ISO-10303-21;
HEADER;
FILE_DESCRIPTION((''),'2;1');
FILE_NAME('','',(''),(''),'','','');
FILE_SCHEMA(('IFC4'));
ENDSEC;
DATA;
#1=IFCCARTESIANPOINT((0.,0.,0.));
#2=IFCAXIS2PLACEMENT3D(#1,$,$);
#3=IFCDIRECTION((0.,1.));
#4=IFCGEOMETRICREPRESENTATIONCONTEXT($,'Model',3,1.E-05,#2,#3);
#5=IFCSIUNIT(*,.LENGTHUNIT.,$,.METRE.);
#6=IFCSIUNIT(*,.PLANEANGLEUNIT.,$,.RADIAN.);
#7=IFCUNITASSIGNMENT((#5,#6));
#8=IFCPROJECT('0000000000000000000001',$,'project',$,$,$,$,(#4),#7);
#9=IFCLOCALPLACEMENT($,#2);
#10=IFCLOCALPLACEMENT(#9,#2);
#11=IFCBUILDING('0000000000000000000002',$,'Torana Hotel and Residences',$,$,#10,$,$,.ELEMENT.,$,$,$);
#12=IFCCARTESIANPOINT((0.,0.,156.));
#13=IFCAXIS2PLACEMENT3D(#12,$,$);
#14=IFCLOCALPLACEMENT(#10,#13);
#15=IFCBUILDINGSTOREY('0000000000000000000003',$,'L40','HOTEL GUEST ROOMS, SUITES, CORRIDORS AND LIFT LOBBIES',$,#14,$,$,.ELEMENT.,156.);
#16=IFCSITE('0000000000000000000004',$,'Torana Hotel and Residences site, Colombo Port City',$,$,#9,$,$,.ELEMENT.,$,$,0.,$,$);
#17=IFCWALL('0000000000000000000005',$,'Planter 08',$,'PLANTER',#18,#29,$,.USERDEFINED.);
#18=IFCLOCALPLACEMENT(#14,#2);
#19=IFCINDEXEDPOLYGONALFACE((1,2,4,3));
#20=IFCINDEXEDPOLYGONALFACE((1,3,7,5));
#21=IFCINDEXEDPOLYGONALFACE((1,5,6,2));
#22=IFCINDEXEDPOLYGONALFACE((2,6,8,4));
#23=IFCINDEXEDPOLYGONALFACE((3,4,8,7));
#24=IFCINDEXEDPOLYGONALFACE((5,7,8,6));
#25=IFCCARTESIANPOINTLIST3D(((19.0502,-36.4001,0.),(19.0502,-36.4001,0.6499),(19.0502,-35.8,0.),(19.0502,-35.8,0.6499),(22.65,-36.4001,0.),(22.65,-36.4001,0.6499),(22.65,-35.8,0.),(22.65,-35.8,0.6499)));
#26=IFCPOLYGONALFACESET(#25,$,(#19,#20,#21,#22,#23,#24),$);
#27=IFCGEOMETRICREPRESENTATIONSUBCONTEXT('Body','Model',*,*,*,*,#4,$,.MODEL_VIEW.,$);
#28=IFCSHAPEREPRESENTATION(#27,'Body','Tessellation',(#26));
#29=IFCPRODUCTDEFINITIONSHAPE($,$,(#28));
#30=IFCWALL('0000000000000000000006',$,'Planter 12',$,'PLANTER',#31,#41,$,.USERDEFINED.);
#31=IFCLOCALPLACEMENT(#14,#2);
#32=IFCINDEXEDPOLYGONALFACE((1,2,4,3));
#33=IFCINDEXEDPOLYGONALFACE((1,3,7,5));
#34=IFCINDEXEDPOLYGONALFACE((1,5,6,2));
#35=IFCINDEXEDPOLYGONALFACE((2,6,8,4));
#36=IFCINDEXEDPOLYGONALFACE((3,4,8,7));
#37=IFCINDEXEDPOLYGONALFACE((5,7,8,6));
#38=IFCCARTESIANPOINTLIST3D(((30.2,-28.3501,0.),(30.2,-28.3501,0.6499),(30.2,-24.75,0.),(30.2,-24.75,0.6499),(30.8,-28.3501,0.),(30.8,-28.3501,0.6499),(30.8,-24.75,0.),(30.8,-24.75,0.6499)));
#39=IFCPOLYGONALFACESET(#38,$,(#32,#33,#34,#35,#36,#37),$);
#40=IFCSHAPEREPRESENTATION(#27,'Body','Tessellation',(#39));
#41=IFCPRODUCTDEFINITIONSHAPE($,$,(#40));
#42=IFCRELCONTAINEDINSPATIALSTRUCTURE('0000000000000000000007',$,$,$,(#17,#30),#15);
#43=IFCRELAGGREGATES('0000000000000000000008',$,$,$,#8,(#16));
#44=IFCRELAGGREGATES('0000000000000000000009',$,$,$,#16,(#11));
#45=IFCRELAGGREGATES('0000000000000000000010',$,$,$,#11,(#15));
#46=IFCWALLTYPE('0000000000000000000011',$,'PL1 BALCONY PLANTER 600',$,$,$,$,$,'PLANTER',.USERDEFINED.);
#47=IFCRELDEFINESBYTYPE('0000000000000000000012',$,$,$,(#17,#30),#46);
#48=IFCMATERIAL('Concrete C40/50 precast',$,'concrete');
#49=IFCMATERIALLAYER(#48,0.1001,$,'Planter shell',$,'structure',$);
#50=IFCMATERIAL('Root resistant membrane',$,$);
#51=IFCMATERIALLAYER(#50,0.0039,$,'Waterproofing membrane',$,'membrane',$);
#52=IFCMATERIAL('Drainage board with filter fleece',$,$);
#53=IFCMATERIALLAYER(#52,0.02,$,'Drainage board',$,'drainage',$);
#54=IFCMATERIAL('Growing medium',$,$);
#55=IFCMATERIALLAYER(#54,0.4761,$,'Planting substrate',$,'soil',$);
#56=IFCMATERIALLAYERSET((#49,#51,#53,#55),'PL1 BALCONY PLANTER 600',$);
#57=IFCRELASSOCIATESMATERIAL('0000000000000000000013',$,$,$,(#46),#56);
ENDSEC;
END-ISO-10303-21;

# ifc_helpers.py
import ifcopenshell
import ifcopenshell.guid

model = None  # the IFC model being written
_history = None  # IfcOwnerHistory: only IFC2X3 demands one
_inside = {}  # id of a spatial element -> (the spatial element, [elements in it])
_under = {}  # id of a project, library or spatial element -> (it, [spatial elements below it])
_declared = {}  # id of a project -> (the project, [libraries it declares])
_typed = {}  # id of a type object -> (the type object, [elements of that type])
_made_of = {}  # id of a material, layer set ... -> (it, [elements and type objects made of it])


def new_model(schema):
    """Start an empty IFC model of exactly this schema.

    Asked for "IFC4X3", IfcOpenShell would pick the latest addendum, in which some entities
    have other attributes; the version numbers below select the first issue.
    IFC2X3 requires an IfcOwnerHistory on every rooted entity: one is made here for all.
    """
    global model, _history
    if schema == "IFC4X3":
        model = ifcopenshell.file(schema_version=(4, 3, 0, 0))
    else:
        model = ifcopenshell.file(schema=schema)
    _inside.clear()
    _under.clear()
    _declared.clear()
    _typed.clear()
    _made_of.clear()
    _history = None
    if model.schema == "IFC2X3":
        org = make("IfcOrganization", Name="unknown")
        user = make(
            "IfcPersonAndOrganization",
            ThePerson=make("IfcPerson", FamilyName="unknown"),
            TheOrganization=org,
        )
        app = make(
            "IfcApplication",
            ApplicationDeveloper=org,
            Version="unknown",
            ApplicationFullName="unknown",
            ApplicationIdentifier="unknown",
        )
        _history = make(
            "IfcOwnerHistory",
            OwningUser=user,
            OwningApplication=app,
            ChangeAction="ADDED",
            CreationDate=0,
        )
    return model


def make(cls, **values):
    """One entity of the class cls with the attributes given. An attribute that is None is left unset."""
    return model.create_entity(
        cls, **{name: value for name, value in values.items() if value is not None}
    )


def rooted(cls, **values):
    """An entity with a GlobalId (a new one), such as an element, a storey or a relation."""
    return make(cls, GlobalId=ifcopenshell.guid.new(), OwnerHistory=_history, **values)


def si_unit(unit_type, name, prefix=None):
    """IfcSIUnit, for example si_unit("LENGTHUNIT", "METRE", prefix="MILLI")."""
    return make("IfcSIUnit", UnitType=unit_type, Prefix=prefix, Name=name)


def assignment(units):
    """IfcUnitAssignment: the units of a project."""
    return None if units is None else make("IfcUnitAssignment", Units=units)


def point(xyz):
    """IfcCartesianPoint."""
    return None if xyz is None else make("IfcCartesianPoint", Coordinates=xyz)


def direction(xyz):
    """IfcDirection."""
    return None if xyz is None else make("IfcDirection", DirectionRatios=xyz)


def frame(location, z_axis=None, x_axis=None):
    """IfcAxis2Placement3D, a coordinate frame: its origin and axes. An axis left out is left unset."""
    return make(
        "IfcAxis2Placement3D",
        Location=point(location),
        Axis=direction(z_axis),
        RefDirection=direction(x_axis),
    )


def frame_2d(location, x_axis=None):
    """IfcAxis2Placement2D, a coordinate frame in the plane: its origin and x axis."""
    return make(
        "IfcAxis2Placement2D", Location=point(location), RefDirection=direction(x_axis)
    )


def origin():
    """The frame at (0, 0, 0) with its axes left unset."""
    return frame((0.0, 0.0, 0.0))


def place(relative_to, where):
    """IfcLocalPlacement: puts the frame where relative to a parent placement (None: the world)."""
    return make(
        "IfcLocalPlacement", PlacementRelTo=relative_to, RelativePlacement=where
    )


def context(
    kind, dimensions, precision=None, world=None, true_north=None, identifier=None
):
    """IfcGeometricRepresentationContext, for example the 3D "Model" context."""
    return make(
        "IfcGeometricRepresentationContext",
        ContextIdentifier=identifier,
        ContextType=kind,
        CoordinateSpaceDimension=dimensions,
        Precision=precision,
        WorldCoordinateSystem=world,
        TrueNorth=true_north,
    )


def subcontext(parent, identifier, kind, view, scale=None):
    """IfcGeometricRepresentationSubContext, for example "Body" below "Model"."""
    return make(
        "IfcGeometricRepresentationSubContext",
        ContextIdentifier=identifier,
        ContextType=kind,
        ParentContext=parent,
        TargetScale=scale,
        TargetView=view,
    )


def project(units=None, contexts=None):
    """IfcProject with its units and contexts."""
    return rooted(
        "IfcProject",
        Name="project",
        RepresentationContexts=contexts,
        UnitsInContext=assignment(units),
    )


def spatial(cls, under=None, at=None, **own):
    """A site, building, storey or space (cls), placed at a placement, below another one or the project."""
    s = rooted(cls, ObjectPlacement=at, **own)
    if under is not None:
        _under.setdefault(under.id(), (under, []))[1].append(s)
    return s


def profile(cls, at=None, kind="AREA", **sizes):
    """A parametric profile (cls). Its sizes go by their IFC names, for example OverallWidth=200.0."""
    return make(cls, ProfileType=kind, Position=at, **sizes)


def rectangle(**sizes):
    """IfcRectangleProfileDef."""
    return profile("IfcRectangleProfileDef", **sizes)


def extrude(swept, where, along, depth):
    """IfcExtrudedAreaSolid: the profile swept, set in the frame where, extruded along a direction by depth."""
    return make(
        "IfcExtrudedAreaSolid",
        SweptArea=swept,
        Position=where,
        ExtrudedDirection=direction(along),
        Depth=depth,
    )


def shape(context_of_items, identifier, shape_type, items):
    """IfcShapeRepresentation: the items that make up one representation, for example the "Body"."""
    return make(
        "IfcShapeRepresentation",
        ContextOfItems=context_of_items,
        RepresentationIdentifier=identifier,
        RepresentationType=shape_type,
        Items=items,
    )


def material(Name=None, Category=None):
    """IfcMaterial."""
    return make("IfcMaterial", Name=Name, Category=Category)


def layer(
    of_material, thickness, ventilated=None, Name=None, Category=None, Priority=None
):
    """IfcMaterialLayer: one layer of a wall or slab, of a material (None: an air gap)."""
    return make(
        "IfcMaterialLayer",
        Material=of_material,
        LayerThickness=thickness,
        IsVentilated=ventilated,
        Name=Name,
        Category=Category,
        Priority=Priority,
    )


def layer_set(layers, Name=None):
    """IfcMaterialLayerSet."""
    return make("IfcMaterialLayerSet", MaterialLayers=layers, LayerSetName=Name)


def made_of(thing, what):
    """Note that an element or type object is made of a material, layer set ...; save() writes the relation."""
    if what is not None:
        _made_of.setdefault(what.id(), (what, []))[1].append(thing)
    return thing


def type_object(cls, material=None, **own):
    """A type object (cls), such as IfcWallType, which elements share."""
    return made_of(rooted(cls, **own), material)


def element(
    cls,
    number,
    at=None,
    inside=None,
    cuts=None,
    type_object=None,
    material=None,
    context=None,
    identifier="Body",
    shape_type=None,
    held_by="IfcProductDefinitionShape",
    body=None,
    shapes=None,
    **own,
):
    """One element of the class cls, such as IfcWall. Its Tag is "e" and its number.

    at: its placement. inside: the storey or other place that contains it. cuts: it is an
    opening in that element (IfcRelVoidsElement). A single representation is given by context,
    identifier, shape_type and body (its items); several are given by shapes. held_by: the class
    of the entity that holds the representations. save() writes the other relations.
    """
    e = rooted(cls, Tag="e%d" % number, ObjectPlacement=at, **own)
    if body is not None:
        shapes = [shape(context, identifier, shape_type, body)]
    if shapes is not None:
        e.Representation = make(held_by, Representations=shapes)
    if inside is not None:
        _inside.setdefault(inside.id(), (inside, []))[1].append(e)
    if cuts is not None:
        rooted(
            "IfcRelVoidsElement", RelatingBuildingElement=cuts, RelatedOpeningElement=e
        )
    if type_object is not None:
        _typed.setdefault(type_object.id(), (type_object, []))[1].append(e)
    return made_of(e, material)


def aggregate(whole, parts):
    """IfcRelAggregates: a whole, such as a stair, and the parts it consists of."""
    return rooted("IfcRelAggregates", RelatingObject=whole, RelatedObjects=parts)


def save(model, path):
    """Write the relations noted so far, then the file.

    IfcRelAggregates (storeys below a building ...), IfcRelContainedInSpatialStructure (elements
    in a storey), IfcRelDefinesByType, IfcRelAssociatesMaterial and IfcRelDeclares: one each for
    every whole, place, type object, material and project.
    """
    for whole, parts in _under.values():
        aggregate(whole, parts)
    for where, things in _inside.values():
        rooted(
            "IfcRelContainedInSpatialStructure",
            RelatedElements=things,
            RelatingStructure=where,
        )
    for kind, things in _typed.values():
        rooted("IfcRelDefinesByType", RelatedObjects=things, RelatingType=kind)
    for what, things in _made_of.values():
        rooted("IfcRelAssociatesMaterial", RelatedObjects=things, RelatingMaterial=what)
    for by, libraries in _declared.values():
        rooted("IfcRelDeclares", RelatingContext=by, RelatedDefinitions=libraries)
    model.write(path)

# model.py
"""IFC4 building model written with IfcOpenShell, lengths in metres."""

from ifc_helpers import new_model, si_unit, direction, frame, frame_2d, origin, place, context, subcontext, project, spatial, rectangle, extrude, material, layer, layer_set, type_object, element, save


model = new_model("IFC4")

# Units and contexts
model_context = context("Model", 3, precision=1e-05, world=origin(), true_north=direction((0.0, 1.0)))
body_context = subcontext(model_context, "Body", "Model", "MODEL_VIEW")
ifc_project = project(units=[si_unit("LENGTHUNIT", "METRE"), si_unit("PLANEANGLEUNIT", "RADIAN")], contexts=[model_context])

# Site, building, storey
site_placement = place(None, origin())
site = spatial("IfcSite", under=ifc_project, at=site_placement, Name="Torana Hotel and Residences site, Colombo Port City", CompositionType="ELEMENT", RefElevation=0.0)
building_placement = place(site_placement, origin())
building = spatial("IfcBuilding", under=site, at=building_placement, Name="Torana Hotel and Residences", CompositionType="ELEMENT")
storey_placement = place(building_placement, frame((0.0, 0.0, 156.0)))
storey = spatial("IfcBuildingStorey", under=building, at=storey_placement, Name="L40", Description="HOTEL GUEST ROOMS, SUITES, CORRIDORS AND LIFT LOBBIES", CompositionType="ELEMENT", Elevation=156.0)

# Walls
ifc_material_1 = material(Name="Concrete C40/50 precast", Category="concrete")
ifc_layer_1 = layer(ifc_material_1, 0.1001, Name="Planter shell", Category="structure")
ifc_material_2 = material(Name="Root resistant membrane")
ifc_layer_2 = layer(ifc_material_2, 0.0039, Name="Waterproofing membrane", Category="membrane")
ifc_material_3 = material(Name="Drainage board with filter fleece")
ifc_layer_3 = layer(ifc_material_3, 0.02, Name="Drainage board", Category="drainage")
ifc_material_4 = material(Name="Growing medium")
ifc_layer_4 = layer(ifc_material_4, 0.4761, Name="Planting substrate", Category="soil")
ifc_layer_set_1 = layer_set([ifc_layer_1, ifc_layer_2, ifc_layer_3, ifc_layer_4], Name="PL1 BALCONY PLANTER 600")
wall_type_1 = type_object("IfcWallType", Name="PL1 BALCONY PLANTER 600", ElementType="PLANTER", PredefinedType="USERDEFINED", material=ifc_layer_set_1)
wall_1_placement = place(storey_placement, frame((22.6499, -36.1001, 0.0), z_axis=(0.0, 0.0, 1.0), x_axis=(-1.0, 0.0, 0.0)))
element("IfcWall", 1, at=wall_1_placement, inside=storey, type_object=wall_type_1, Name="Planter 08", ObjectType="PLANTER", PredefinedType="USERDEFINED", context=body_context, shape_type="SweptSolid", body=[
    extrude(rectangle(XDim=3.5999, YDim=0.6001, at=frame_2d((1.7998, 0.0))), origin(), (0.0, 0.0, 1.0), 0.6499),
])
wall_2_placement = place(storey_placement, frame((30.5, -24.75, 0.0), z_axis=(0.0, 0.0, 1.0), x_axis=(0.0, -1.0, 0.0)))
element("IfcWall", 2, at=wall_2_placement, inside=storey, type_object=wall_type_1, Name="Planter 12", ObjectType="PLANTER", PredefinedType="USERDEFINED", context=body_context, shape_type="SweptSolid", body=[
    extrude(rectangle(XDim=3.6001, YDim=0.6001, at=frame_2d((1.8, 0.0))), origin(), (0.0, 0.0, 1.0), 0.6499),
])

save(model, "model.ifc")
